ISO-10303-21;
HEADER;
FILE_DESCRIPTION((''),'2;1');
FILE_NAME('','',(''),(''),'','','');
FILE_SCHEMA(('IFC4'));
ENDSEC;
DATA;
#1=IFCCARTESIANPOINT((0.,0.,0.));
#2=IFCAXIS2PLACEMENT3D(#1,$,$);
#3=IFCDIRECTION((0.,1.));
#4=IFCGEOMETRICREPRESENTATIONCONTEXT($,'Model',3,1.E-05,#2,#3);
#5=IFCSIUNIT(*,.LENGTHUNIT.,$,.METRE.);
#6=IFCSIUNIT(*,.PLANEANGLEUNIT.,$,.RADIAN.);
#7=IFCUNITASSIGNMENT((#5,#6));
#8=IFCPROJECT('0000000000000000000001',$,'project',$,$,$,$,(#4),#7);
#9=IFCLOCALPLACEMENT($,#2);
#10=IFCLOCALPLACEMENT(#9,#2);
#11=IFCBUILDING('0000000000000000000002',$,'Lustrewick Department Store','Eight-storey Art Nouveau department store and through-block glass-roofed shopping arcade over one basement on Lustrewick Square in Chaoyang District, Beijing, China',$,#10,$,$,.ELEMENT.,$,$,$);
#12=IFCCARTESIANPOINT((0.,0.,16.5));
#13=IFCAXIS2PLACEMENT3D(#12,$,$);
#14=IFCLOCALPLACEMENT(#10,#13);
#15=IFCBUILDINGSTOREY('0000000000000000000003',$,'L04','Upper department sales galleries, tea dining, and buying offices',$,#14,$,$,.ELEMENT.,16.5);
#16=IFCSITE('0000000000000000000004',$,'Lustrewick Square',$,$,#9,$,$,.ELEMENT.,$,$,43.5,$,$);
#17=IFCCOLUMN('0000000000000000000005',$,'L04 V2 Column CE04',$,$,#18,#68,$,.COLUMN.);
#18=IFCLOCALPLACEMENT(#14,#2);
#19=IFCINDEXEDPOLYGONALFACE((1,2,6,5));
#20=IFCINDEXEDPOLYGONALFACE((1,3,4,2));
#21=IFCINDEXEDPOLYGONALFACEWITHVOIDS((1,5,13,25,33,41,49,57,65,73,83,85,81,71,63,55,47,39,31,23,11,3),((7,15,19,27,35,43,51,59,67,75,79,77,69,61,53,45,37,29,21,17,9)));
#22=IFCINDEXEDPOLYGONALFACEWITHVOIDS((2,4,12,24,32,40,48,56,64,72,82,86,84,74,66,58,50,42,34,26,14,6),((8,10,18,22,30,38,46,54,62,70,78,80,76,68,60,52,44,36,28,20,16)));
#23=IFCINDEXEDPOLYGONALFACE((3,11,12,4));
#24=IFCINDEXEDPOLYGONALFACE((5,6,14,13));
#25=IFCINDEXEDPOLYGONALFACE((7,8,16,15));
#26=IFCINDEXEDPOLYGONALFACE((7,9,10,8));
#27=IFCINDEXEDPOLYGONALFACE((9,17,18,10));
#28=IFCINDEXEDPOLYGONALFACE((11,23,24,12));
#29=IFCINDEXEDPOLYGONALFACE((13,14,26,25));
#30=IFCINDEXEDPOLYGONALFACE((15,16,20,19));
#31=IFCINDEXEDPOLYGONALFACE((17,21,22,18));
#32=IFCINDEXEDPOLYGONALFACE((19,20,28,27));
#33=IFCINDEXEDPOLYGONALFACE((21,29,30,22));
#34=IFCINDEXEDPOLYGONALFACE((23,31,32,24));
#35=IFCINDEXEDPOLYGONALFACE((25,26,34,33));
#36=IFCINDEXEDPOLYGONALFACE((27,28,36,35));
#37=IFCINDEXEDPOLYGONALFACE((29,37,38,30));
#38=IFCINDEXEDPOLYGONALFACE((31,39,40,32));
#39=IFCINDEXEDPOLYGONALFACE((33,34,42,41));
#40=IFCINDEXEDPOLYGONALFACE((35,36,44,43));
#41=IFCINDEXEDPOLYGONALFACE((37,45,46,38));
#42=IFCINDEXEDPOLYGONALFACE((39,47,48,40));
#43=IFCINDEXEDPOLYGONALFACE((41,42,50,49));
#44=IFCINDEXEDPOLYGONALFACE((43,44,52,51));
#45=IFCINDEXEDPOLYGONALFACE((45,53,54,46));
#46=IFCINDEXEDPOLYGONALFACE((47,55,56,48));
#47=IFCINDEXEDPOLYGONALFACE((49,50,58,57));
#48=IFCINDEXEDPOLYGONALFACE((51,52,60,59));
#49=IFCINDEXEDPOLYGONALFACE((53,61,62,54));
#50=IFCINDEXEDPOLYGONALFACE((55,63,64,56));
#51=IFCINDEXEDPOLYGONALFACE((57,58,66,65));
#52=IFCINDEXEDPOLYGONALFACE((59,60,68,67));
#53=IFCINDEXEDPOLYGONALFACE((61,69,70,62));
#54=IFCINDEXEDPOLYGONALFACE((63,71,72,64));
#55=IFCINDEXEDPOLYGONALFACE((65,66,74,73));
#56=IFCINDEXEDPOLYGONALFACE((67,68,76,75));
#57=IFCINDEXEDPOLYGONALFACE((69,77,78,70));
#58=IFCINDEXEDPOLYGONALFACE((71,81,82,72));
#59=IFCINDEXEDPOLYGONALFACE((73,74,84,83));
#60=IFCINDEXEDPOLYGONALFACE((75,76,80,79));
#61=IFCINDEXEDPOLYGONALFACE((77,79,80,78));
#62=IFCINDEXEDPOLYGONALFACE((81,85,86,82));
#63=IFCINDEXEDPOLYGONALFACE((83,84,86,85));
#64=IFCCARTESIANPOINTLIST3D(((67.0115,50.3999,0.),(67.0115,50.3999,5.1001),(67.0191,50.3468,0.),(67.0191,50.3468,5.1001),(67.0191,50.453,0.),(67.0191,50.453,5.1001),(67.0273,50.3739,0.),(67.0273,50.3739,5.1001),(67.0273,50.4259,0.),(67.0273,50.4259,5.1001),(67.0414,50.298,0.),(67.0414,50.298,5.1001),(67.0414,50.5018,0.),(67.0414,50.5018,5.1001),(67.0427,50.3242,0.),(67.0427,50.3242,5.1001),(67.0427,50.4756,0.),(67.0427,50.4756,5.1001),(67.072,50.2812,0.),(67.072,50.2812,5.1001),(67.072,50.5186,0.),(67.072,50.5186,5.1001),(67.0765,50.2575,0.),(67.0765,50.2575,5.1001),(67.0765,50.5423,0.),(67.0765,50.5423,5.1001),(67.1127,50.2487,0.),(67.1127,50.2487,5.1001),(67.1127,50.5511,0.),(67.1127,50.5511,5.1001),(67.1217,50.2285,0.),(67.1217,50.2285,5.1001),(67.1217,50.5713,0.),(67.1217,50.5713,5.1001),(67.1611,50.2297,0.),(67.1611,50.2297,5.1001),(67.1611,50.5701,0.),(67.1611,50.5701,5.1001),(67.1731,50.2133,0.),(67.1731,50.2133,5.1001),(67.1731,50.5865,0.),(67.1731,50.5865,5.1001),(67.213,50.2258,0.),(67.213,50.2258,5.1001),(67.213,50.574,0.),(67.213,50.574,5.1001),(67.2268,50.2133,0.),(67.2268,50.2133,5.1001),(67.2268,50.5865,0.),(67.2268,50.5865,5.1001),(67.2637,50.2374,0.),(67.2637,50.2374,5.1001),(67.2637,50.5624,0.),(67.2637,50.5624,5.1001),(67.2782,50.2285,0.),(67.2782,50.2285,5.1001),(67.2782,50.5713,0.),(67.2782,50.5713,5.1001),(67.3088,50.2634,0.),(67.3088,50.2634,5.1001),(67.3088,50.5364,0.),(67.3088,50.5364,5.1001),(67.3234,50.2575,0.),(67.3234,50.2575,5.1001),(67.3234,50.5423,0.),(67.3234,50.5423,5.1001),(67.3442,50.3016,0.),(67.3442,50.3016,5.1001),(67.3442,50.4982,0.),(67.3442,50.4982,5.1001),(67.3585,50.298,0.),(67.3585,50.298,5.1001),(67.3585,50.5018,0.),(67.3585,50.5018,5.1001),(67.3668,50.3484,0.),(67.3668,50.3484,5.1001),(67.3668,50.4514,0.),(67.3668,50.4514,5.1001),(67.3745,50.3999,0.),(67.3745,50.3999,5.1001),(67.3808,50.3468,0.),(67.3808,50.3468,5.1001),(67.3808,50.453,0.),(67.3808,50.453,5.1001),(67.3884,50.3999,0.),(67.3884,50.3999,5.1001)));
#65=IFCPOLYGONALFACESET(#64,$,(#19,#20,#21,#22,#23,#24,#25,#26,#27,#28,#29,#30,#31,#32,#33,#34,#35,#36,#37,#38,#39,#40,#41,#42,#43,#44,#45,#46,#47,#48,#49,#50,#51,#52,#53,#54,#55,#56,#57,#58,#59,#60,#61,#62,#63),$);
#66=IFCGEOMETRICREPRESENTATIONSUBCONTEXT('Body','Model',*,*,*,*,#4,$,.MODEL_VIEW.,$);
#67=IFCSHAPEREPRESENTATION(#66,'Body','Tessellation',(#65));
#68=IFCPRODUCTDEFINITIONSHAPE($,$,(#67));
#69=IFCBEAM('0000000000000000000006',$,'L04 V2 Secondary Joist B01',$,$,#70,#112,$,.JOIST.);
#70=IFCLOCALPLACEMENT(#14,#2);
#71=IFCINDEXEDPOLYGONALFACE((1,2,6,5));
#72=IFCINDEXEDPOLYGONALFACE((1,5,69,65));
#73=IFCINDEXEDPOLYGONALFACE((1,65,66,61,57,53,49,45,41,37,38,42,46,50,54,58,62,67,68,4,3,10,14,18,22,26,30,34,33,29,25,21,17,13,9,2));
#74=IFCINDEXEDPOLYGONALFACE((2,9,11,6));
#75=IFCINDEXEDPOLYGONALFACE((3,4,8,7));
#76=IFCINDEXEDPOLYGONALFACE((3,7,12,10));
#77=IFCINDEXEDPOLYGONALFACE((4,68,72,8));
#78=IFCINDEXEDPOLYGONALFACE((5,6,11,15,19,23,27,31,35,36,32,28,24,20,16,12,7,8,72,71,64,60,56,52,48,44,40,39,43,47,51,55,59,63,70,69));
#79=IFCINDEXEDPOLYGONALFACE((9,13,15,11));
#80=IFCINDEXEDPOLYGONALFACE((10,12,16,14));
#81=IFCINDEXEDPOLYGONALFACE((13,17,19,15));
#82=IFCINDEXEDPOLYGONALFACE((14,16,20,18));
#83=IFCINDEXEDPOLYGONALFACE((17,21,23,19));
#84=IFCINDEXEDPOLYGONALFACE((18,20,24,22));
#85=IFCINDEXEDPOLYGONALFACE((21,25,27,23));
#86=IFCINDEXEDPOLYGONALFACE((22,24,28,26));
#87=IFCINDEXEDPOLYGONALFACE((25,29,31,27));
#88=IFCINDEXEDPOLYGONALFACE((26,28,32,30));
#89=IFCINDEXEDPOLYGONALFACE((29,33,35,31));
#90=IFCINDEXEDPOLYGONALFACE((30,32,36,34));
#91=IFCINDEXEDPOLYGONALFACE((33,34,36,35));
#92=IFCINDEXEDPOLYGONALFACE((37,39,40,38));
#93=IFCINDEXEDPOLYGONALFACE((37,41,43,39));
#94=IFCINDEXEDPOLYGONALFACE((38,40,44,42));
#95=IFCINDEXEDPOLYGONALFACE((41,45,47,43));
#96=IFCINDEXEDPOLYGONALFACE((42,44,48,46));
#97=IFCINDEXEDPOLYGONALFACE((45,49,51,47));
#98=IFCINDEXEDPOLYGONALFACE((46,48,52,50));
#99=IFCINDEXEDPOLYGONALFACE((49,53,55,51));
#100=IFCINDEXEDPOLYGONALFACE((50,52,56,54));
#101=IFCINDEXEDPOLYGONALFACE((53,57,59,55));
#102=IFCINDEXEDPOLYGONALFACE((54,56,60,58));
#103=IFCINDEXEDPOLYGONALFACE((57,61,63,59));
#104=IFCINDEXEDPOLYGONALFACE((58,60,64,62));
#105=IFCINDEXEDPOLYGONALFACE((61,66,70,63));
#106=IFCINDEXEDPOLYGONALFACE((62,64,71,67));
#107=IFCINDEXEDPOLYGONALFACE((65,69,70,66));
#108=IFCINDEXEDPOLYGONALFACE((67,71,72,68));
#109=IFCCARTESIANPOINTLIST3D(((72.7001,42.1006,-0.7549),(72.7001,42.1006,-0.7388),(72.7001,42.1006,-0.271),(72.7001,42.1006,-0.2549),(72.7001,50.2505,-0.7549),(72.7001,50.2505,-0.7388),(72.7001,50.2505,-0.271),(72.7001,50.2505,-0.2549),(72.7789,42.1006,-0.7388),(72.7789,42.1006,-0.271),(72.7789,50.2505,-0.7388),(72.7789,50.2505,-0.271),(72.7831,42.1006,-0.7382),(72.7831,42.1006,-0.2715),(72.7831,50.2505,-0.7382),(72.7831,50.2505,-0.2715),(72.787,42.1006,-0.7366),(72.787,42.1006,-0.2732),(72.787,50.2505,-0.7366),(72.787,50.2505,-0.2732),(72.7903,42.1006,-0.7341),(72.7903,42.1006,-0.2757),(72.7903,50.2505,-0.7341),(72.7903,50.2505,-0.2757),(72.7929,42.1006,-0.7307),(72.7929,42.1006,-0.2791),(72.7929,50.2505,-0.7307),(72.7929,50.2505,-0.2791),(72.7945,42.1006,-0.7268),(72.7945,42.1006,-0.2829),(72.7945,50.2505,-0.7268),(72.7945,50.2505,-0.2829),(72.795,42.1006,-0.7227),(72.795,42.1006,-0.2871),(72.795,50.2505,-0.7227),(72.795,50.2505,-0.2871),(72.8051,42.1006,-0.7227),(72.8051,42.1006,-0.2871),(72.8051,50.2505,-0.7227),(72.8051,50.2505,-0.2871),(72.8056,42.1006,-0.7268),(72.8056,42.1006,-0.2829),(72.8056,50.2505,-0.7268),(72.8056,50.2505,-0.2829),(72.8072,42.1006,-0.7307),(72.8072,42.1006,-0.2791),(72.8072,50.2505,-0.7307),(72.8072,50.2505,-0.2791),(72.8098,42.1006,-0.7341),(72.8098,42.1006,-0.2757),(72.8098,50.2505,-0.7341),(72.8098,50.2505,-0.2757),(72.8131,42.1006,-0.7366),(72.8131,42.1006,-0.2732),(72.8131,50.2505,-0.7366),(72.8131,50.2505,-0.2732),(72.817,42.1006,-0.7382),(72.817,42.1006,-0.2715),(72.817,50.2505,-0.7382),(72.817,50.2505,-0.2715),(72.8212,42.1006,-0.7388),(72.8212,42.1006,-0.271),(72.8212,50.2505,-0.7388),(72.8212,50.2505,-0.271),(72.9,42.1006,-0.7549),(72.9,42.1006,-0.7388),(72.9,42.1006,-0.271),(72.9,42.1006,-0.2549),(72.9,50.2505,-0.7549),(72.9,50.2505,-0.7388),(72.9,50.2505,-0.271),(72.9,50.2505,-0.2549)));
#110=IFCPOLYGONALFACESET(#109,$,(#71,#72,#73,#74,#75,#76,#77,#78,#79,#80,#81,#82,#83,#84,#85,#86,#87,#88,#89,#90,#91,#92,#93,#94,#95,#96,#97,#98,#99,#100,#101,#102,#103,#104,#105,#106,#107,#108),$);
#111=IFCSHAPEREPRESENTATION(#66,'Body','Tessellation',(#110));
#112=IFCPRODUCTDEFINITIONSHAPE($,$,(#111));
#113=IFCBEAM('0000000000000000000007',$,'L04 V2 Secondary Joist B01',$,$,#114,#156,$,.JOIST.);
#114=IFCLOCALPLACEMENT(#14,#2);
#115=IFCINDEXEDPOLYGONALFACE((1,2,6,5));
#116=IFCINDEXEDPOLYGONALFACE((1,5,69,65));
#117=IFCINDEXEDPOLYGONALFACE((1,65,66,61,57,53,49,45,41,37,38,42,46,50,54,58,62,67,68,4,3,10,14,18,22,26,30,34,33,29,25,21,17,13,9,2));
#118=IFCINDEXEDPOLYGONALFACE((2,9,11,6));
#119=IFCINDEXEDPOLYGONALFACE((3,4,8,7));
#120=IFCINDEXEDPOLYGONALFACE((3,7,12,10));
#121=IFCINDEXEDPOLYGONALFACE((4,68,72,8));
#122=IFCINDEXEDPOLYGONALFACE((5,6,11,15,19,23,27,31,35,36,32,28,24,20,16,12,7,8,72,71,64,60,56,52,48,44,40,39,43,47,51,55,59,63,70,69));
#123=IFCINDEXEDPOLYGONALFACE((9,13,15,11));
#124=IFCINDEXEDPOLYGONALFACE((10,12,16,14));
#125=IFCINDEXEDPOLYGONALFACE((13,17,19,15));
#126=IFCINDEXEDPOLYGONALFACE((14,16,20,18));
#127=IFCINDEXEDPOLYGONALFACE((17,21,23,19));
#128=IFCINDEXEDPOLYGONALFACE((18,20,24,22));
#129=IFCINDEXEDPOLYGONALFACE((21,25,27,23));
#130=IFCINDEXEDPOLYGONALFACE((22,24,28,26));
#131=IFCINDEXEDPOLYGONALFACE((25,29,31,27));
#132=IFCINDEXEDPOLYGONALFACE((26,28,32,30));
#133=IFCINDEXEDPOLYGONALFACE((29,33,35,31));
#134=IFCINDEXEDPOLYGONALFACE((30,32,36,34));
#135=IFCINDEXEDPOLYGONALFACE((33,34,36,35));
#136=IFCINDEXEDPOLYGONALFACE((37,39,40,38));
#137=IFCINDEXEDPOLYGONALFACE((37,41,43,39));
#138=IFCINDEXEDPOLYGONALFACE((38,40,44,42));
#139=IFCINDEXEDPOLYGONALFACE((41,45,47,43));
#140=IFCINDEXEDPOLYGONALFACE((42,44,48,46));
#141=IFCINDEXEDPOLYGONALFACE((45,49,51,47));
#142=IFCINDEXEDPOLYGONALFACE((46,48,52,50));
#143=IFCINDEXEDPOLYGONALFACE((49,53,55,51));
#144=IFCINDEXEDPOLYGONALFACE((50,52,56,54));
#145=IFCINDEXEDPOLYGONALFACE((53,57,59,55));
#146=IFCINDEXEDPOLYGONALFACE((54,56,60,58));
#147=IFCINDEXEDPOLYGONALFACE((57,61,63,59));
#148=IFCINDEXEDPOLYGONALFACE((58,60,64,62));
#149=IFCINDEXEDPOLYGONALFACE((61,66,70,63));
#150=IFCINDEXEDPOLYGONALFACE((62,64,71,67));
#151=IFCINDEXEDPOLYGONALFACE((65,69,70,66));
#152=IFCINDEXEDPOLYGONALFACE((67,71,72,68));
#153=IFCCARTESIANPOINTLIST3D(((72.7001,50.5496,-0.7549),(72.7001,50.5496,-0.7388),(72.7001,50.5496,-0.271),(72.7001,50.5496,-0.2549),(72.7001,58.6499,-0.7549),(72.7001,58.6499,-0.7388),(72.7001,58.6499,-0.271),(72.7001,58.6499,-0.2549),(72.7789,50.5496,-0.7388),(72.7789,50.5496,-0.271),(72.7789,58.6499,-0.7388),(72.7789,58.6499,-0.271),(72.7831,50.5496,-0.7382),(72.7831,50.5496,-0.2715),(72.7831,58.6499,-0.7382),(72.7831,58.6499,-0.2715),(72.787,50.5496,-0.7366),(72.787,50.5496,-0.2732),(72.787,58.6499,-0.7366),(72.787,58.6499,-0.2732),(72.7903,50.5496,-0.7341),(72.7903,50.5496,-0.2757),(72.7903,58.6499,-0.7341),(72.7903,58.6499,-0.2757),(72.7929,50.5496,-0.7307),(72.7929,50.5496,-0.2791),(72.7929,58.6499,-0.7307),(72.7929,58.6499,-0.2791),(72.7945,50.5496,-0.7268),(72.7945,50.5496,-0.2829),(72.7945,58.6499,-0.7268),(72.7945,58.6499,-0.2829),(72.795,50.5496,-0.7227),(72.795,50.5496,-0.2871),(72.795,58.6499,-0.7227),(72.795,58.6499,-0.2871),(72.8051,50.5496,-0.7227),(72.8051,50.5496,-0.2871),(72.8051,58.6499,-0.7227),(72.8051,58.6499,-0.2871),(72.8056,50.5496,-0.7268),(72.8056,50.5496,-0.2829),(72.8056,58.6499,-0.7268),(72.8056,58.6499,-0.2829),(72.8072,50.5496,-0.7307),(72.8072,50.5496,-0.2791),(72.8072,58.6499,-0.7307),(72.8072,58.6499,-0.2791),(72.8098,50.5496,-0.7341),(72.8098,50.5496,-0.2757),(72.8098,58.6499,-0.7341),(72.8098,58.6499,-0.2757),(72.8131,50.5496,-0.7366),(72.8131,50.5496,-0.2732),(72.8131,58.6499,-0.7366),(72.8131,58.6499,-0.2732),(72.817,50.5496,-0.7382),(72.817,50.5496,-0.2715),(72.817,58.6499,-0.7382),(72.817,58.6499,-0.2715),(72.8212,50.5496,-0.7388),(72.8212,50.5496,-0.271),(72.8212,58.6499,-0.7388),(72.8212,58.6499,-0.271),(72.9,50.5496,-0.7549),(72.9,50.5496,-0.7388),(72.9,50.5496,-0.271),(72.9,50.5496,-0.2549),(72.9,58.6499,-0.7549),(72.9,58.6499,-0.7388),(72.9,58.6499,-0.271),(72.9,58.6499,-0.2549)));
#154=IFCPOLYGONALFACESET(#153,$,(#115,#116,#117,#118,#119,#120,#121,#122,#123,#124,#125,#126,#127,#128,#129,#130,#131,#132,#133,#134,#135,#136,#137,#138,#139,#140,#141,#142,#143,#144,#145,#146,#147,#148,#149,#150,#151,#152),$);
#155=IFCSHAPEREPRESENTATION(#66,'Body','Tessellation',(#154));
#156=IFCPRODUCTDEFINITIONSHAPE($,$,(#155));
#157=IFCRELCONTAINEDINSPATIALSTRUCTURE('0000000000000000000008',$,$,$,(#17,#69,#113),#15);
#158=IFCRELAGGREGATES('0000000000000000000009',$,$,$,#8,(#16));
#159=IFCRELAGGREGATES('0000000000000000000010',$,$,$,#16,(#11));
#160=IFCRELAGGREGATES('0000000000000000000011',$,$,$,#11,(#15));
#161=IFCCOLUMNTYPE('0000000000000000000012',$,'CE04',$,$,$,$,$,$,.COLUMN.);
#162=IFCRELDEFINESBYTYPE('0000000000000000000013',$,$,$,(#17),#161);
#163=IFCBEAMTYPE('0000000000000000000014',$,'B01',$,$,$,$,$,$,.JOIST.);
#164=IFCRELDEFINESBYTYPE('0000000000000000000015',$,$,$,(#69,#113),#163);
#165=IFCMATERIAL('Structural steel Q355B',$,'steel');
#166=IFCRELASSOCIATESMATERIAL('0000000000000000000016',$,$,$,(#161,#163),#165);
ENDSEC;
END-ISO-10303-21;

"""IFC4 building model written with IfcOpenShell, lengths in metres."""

from ifc_helpers import new_model, si_unit, direction, frame, origin, origin_2d, place, context, subcontext, project, spatial, hollow_circle, i_section, extrude, material, material_profile, profile_set, type_object, element, save


model = new_model("IFC4")

# Units and contexts
model_context = context("Model", 3, precision=1e-05, world=origin(), true_north=direction((0.0, 1.0)))
body_context = subcontext(model_context, "Body", "Model", "MODEL_VIEW")
ifc_project = project(units=[si_unit("LENGTHUNIT", "METRE"), si_unit("PLANEANGLEUNIT", "RADIAN")], contexts=[model_context])

# Site, building, storey
site_placement = place(None, origin())
site = spatial("IfcSite", under=ifc_project, at=site_placement, Name="Lustrewick Square", CompositionType="ELEMENT", RefElevation=43.5)
building_placement = place(site_placement, origin())
building = spatial("IfcBuilding", under=site, at=building_placement, Name="Lustrewick Department Store", Description="Eight-storey Art Nouveau department store and through-block glass-roofed shopping arcade over one basement on Lustrewick Square in Chaoyang District, Beijing, China", CompositionType="ELEMENT")
storey_placement = place(building_placement, frame((0.0, 0.0, 16.5)))
storey = spatial("IfcBuildingStorey", under=building, at=storey_placement, Name="L04", Description="Upper department sales galleries, tea dining, and buying offices", CompositionType="ELEMENT", Elevation=16.5)

# Column
ifc_material_1 = material(Name="Structural steel Q355B", Category="steel")
ifc_material_profile_1 = material_profile(ifc_material_1, hollow_circle(Radius=0.1885, WallThickness=0.0139, at=origin_2d()), Name="CHS 377x14")
ifc_profile_set_1 = profile_set([ifc_material_profile_1], Name="Structural steel Q355B")
column_type_1 = type_object("IfcColumnType", Name="CE04", PredefinedType="COLUMN", material=ifc_profile_set_1)
column_1_placement = place(storey_placement, frame((67.2, 50.3999, 0.0), z_axis=(0.0, 0.0, 1.0), x_axis=(1.0, 0.0, 0.0)))
element("IfcColumn", 1, at=column_1_placement, inside=storey, type_object=column_type_1, Name="L04 V2 Column CE04", PredefinedType="COLUMN", context=body_context, shape_type="SweptSolid", body=[
    extrude(hollow_circle(Radius=0.1885, WallThickness=0.0139, at=origin_2d()), origin(), (0.0, 0.0, 1.0), 5.1001),
])

# Beams
ifc_material_profile_2 = material_profile(ifc_material_1, i_section(OverallWidth=0.2, OverallDepth=0.5, WebThickness=0.01, FlangeThickness=0.0161, FilletRadius=0.0161, at=origin_2d()), Name="HN 500x200x10x16")
ifc_profile_set_2 = profile_set([ifc_material_profile_2], Name="Structural steel Q355B")
beam_type_1 = type_object("IfcBeamType", Name="B01", PredefinedType="JOIST", material=ifc_profile_set_2)
beam_1_placement = place(storey_placement, frame((72.8, 42.1006, -0.5049), z_axis=(0.0, 1.0, 0.0), x_axis=(-1.0, 0.0, 0.0)))
element("IfcBeam", 2, at=beam_1_placement, inside=storey, type_object=beam_type_1, Name="L04 V2 Secondary Joist B01", PredefinedType="JOIST", context=body_context, shape_type="SweptSolid", body=[
    extrude(i_section(OverallWidth=0.2, OverallDepth=0.5, WebThickness=0.01, FlangeThickness=0.0161, FilletRadius=0.0161, at=origin_2d()), origin(), (0.0, 0.0, 1.0), 8.1499),
])
beam_2_placement = place(storey_placement, frame((72.8, 50.5496, -0.5049), z_axis=(0.0, 1.0, 0.0), x_axis=(-1.0, 0.0, 0.0)))
element("IfcBeam", 3, at=beam_2_placement, inside=storey, type_object=beam_type_1, Name="L04 V2 Secondary Joist B01", PredefinedType="JOIST", context=body_context, shape_type="SweptSolid", body=[
    extrude(i_section(OverallWidth=0.2, OverallDepth=0.5, WebThickness=0.01, FlangeThickness=0.0161, FilletRadius=0.0161, at=origin_2d()), origin(), (0.0, 0.0, 1.0), 8.1003),
])

save(model, "model.ifc")
